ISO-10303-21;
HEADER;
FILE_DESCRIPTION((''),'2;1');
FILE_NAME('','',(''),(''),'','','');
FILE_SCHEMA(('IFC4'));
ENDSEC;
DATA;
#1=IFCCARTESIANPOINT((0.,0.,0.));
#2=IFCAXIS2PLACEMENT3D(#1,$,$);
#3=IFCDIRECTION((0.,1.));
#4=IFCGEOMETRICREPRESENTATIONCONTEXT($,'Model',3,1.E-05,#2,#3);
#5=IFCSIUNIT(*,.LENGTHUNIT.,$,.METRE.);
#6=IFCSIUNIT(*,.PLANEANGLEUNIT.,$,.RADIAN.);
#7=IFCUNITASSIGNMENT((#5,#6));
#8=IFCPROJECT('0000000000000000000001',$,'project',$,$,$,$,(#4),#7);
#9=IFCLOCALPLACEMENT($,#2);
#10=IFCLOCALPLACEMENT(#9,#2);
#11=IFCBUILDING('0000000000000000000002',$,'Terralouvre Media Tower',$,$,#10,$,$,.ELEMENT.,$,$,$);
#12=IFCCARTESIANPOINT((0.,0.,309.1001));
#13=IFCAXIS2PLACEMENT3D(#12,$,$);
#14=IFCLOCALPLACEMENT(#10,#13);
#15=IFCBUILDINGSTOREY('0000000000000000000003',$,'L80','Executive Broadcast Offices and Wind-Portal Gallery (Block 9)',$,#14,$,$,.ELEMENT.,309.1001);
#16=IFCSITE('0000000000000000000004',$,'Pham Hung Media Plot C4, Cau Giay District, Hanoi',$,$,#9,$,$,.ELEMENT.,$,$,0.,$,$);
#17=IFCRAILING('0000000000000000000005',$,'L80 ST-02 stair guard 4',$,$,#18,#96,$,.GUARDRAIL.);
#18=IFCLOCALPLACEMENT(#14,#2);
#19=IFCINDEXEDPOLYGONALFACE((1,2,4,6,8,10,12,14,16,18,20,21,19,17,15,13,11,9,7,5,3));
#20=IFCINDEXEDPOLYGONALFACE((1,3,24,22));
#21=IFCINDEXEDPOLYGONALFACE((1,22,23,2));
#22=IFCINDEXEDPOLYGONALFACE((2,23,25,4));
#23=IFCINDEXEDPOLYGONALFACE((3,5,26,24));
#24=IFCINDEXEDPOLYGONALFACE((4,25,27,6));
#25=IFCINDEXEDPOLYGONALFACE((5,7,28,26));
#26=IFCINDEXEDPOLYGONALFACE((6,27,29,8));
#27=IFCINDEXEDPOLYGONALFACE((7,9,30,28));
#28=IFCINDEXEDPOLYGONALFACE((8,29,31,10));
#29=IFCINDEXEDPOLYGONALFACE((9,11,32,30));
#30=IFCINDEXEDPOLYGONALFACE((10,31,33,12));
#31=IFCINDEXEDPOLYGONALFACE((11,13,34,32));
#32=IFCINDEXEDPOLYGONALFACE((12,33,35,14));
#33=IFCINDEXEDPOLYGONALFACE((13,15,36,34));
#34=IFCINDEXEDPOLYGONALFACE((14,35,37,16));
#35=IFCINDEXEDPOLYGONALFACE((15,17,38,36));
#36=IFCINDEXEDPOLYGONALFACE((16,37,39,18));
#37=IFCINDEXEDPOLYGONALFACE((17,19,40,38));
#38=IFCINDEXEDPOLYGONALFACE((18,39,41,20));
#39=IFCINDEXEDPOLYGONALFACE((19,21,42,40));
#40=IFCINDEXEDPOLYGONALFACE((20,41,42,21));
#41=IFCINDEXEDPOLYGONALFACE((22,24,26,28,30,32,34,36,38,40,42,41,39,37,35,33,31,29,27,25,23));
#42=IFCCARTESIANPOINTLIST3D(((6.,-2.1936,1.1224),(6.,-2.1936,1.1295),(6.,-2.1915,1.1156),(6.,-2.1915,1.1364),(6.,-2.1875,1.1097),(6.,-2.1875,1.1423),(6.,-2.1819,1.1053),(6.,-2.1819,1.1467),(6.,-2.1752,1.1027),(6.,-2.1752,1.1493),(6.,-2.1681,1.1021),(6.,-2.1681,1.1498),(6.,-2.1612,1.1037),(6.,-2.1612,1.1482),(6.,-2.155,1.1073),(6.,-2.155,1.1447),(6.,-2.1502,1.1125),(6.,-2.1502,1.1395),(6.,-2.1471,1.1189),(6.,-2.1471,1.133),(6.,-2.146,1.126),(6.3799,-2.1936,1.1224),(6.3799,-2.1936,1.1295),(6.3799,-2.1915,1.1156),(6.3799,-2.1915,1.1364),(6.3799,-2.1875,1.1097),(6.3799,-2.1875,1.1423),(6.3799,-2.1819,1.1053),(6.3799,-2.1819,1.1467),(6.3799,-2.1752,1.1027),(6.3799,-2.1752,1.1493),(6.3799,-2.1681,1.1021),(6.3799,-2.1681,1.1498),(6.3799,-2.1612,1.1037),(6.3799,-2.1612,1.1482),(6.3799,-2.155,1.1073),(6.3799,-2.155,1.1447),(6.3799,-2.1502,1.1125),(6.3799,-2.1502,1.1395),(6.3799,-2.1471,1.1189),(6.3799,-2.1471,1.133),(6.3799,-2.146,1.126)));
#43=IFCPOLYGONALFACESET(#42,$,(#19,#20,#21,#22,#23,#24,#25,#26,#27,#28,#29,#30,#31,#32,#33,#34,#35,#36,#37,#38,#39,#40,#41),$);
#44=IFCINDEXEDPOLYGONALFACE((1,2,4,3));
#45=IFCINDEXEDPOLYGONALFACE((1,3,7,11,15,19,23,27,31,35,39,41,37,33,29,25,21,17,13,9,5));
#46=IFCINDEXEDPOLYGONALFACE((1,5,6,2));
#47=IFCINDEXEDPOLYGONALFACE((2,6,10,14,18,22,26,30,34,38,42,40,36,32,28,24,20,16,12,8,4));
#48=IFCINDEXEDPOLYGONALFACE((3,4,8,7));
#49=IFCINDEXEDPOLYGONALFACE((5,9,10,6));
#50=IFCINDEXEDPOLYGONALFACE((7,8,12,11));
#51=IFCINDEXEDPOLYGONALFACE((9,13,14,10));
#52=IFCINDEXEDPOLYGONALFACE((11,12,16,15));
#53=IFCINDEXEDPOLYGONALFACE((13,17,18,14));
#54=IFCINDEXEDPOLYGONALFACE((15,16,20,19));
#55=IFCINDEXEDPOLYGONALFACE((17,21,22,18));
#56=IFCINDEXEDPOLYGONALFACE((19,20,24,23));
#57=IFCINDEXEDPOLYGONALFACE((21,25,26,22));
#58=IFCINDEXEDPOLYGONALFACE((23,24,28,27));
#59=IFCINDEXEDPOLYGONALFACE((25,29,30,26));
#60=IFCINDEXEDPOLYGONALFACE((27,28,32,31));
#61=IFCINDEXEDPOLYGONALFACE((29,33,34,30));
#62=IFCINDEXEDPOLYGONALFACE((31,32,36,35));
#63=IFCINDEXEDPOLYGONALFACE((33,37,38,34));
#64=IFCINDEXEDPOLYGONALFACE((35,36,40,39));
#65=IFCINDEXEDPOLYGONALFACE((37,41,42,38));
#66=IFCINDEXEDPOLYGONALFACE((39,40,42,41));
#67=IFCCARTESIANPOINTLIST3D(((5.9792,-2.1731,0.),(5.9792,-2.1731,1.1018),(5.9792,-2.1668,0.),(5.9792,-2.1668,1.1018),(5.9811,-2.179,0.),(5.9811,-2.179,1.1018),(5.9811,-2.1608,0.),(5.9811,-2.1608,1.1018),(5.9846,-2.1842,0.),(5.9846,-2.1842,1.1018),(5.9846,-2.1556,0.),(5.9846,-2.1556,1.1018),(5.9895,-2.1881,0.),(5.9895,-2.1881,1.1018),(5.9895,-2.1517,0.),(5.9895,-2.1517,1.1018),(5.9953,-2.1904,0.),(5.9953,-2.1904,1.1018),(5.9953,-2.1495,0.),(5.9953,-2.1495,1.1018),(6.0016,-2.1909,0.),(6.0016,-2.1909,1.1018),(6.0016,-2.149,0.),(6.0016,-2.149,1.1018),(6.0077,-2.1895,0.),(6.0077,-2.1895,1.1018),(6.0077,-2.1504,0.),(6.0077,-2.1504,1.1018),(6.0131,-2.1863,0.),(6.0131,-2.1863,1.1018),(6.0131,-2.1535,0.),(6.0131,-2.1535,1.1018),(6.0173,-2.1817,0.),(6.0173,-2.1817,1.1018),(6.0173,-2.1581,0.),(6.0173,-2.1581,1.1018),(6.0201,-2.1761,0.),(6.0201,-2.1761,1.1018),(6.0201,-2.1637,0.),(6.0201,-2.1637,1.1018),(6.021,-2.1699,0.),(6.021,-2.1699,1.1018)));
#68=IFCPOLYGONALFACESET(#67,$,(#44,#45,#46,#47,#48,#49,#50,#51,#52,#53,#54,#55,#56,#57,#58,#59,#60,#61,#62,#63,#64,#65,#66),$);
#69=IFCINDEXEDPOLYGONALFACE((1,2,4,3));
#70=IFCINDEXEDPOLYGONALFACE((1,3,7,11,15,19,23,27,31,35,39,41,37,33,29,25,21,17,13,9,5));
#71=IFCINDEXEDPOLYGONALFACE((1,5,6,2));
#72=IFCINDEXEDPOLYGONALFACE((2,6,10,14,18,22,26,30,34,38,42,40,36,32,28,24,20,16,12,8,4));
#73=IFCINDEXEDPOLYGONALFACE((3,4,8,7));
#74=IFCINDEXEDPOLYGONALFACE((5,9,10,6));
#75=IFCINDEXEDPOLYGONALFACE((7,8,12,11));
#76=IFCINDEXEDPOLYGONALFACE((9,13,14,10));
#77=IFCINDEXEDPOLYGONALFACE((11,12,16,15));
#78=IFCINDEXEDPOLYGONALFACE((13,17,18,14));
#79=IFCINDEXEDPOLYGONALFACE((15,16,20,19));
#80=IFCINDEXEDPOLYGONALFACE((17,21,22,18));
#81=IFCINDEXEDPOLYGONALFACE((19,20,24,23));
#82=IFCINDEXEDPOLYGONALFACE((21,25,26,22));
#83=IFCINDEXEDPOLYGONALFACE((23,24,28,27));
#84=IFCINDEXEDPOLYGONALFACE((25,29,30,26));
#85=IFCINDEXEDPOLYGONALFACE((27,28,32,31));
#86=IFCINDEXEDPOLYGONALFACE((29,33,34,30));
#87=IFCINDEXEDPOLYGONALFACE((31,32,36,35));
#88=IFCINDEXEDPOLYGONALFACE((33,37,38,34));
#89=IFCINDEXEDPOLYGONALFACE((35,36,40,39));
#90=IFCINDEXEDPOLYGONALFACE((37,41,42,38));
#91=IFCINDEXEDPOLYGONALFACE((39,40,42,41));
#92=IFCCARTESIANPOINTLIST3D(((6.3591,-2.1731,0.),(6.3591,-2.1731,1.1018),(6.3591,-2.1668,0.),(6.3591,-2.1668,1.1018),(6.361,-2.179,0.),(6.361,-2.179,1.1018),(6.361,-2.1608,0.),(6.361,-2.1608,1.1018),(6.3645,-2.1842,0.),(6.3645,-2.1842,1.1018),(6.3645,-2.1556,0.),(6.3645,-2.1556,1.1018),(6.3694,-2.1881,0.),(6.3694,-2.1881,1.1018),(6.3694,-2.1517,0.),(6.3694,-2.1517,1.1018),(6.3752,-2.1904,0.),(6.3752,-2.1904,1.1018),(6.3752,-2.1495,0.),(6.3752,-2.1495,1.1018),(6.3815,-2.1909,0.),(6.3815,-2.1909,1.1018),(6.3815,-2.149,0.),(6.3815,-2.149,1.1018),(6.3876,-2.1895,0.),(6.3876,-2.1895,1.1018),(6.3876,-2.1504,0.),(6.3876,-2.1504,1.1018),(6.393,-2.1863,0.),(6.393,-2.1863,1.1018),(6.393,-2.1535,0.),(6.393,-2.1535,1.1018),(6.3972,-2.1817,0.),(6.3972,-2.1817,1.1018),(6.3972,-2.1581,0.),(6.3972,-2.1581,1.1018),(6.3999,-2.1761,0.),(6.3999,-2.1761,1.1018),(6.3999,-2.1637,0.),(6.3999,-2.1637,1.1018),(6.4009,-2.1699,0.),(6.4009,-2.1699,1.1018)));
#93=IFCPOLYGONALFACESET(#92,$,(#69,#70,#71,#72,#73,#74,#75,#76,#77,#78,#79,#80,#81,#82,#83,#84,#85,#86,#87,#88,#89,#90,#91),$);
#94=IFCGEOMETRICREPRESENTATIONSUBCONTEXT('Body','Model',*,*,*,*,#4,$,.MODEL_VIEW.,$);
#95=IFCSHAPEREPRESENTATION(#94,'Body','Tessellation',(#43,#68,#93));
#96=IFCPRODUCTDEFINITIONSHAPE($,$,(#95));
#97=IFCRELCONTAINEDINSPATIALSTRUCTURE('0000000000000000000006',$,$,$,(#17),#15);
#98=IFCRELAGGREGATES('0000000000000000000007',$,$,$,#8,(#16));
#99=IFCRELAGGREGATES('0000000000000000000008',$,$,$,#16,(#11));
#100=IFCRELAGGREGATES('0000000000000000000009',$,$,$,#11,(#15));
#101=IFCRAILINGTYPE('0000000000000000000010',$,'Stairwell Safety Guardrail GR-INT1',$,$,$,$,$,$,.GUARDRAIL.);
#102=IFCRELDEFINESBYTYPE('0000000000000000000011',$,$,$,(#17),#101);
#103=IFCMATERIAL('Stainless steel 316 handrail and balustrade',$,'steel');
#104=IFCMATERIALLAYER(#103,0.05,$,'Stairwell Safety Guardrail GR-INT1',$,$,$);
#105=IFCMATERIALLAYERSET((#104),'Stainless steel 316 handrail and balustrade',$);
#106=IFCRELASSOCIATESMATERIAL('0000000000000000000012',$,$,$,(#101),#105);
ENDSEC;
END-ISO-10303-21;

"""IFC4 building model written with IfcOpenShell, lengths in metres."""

from ifc_helpers import new_model, si_unit, direction, frame, origin, origin_2d, place, context, subcontext, project, spatial, circle, extrude, material, layer, layer_set, type_object, element, save


model = new_model("IFC4")

# Units and contexts
model_context = context("Model", 3, precision=1e-05, world=origin(), true_north=direction((0.0, 1.0)))
body_context = subcontext(model_context, "Body", "Model", "MODEL_VIEW")
ifc_project = project(units=[si_unit("LENGTHUNIT", "METRE"), si_unit("PLANEANGLEUNIT", "RADIAN")], contexts=[model_context])

# Site, building, storey
site_placement = place(None, origin())
site = spatial("IfcSite", under=ifc_project, at=site_placement, Name="Pham Hung Media Plot C4, Cau Giay District, Hanoi", CompositionType="ELEMENT", RefElevation=0.0)
building_placement = place(site_placement, origin())
building = spatial("IfcBuilding", under=site, at=building_placement, Name="Terralouvre Media Tower", CompositionType="ELEMENT")
storey_placement = place(building_placement, frame((0.0, 0.0, 309.1001)))
storey = spatial("IfcBuildingStorey", under=building, at=storey_placement, Name="L80", Description="Executive Broadcast Offices and Wind-Portal Gallery (Block 9)", CompositionType="ELEMENT", Elevation=309.1001)

# Railing
ifc_material_1 = material(Name="Stainless steel 316 handrail and balustrade", Category="steel")
ifc_layer_1 = layer(ifc_material_1, 0.05, Name="Stairwell Safety Guardrail GR-INT1")
ifc_layer_set_1 = layer_set([ifc_layer_1], Name="Stainless steel 316 handrail and balustrade")
railing_type_1 = type_object("IfcRailingType", Name="Stairwell Safety Guardrail GR-INT1", PredefinedType="GUARDRAIL", material=ifc_layer_set_1)
railing_1_placement = place(storey_placement, frame((6.0, -2.1699, 0.0)))
element("IfcRailing", 1, at=railing_1_placement, inside=storey, type_object=railing_type_1, Name="L80 ST-02 stair guard 4", PredefinedType="GUARDRAIL", context=body_context, shape_type="SweptSolid", body=[
    extrude(circle(Radius=0.0239, at=origin_2d()), frame((0.0, 0.0, 1.126), z_axis=(1.0, 0.0, 0.0), x_axis=(0.0, 1.0, 0.0)), (0.0, 0.0, 1.0), 0.3799),
    extrude(circle(Radius=0.021, at=origin_2d()), origin(), (0.0, 0.0, 1.0), 1.1018),
    extrude(circle(Radius=0.021, at=origin_2d()), frame((0.3799, 0.0, 0.0)), (0.0, 0.0, 1.0), 1.1018),
])

save(model, "model.ifc")
